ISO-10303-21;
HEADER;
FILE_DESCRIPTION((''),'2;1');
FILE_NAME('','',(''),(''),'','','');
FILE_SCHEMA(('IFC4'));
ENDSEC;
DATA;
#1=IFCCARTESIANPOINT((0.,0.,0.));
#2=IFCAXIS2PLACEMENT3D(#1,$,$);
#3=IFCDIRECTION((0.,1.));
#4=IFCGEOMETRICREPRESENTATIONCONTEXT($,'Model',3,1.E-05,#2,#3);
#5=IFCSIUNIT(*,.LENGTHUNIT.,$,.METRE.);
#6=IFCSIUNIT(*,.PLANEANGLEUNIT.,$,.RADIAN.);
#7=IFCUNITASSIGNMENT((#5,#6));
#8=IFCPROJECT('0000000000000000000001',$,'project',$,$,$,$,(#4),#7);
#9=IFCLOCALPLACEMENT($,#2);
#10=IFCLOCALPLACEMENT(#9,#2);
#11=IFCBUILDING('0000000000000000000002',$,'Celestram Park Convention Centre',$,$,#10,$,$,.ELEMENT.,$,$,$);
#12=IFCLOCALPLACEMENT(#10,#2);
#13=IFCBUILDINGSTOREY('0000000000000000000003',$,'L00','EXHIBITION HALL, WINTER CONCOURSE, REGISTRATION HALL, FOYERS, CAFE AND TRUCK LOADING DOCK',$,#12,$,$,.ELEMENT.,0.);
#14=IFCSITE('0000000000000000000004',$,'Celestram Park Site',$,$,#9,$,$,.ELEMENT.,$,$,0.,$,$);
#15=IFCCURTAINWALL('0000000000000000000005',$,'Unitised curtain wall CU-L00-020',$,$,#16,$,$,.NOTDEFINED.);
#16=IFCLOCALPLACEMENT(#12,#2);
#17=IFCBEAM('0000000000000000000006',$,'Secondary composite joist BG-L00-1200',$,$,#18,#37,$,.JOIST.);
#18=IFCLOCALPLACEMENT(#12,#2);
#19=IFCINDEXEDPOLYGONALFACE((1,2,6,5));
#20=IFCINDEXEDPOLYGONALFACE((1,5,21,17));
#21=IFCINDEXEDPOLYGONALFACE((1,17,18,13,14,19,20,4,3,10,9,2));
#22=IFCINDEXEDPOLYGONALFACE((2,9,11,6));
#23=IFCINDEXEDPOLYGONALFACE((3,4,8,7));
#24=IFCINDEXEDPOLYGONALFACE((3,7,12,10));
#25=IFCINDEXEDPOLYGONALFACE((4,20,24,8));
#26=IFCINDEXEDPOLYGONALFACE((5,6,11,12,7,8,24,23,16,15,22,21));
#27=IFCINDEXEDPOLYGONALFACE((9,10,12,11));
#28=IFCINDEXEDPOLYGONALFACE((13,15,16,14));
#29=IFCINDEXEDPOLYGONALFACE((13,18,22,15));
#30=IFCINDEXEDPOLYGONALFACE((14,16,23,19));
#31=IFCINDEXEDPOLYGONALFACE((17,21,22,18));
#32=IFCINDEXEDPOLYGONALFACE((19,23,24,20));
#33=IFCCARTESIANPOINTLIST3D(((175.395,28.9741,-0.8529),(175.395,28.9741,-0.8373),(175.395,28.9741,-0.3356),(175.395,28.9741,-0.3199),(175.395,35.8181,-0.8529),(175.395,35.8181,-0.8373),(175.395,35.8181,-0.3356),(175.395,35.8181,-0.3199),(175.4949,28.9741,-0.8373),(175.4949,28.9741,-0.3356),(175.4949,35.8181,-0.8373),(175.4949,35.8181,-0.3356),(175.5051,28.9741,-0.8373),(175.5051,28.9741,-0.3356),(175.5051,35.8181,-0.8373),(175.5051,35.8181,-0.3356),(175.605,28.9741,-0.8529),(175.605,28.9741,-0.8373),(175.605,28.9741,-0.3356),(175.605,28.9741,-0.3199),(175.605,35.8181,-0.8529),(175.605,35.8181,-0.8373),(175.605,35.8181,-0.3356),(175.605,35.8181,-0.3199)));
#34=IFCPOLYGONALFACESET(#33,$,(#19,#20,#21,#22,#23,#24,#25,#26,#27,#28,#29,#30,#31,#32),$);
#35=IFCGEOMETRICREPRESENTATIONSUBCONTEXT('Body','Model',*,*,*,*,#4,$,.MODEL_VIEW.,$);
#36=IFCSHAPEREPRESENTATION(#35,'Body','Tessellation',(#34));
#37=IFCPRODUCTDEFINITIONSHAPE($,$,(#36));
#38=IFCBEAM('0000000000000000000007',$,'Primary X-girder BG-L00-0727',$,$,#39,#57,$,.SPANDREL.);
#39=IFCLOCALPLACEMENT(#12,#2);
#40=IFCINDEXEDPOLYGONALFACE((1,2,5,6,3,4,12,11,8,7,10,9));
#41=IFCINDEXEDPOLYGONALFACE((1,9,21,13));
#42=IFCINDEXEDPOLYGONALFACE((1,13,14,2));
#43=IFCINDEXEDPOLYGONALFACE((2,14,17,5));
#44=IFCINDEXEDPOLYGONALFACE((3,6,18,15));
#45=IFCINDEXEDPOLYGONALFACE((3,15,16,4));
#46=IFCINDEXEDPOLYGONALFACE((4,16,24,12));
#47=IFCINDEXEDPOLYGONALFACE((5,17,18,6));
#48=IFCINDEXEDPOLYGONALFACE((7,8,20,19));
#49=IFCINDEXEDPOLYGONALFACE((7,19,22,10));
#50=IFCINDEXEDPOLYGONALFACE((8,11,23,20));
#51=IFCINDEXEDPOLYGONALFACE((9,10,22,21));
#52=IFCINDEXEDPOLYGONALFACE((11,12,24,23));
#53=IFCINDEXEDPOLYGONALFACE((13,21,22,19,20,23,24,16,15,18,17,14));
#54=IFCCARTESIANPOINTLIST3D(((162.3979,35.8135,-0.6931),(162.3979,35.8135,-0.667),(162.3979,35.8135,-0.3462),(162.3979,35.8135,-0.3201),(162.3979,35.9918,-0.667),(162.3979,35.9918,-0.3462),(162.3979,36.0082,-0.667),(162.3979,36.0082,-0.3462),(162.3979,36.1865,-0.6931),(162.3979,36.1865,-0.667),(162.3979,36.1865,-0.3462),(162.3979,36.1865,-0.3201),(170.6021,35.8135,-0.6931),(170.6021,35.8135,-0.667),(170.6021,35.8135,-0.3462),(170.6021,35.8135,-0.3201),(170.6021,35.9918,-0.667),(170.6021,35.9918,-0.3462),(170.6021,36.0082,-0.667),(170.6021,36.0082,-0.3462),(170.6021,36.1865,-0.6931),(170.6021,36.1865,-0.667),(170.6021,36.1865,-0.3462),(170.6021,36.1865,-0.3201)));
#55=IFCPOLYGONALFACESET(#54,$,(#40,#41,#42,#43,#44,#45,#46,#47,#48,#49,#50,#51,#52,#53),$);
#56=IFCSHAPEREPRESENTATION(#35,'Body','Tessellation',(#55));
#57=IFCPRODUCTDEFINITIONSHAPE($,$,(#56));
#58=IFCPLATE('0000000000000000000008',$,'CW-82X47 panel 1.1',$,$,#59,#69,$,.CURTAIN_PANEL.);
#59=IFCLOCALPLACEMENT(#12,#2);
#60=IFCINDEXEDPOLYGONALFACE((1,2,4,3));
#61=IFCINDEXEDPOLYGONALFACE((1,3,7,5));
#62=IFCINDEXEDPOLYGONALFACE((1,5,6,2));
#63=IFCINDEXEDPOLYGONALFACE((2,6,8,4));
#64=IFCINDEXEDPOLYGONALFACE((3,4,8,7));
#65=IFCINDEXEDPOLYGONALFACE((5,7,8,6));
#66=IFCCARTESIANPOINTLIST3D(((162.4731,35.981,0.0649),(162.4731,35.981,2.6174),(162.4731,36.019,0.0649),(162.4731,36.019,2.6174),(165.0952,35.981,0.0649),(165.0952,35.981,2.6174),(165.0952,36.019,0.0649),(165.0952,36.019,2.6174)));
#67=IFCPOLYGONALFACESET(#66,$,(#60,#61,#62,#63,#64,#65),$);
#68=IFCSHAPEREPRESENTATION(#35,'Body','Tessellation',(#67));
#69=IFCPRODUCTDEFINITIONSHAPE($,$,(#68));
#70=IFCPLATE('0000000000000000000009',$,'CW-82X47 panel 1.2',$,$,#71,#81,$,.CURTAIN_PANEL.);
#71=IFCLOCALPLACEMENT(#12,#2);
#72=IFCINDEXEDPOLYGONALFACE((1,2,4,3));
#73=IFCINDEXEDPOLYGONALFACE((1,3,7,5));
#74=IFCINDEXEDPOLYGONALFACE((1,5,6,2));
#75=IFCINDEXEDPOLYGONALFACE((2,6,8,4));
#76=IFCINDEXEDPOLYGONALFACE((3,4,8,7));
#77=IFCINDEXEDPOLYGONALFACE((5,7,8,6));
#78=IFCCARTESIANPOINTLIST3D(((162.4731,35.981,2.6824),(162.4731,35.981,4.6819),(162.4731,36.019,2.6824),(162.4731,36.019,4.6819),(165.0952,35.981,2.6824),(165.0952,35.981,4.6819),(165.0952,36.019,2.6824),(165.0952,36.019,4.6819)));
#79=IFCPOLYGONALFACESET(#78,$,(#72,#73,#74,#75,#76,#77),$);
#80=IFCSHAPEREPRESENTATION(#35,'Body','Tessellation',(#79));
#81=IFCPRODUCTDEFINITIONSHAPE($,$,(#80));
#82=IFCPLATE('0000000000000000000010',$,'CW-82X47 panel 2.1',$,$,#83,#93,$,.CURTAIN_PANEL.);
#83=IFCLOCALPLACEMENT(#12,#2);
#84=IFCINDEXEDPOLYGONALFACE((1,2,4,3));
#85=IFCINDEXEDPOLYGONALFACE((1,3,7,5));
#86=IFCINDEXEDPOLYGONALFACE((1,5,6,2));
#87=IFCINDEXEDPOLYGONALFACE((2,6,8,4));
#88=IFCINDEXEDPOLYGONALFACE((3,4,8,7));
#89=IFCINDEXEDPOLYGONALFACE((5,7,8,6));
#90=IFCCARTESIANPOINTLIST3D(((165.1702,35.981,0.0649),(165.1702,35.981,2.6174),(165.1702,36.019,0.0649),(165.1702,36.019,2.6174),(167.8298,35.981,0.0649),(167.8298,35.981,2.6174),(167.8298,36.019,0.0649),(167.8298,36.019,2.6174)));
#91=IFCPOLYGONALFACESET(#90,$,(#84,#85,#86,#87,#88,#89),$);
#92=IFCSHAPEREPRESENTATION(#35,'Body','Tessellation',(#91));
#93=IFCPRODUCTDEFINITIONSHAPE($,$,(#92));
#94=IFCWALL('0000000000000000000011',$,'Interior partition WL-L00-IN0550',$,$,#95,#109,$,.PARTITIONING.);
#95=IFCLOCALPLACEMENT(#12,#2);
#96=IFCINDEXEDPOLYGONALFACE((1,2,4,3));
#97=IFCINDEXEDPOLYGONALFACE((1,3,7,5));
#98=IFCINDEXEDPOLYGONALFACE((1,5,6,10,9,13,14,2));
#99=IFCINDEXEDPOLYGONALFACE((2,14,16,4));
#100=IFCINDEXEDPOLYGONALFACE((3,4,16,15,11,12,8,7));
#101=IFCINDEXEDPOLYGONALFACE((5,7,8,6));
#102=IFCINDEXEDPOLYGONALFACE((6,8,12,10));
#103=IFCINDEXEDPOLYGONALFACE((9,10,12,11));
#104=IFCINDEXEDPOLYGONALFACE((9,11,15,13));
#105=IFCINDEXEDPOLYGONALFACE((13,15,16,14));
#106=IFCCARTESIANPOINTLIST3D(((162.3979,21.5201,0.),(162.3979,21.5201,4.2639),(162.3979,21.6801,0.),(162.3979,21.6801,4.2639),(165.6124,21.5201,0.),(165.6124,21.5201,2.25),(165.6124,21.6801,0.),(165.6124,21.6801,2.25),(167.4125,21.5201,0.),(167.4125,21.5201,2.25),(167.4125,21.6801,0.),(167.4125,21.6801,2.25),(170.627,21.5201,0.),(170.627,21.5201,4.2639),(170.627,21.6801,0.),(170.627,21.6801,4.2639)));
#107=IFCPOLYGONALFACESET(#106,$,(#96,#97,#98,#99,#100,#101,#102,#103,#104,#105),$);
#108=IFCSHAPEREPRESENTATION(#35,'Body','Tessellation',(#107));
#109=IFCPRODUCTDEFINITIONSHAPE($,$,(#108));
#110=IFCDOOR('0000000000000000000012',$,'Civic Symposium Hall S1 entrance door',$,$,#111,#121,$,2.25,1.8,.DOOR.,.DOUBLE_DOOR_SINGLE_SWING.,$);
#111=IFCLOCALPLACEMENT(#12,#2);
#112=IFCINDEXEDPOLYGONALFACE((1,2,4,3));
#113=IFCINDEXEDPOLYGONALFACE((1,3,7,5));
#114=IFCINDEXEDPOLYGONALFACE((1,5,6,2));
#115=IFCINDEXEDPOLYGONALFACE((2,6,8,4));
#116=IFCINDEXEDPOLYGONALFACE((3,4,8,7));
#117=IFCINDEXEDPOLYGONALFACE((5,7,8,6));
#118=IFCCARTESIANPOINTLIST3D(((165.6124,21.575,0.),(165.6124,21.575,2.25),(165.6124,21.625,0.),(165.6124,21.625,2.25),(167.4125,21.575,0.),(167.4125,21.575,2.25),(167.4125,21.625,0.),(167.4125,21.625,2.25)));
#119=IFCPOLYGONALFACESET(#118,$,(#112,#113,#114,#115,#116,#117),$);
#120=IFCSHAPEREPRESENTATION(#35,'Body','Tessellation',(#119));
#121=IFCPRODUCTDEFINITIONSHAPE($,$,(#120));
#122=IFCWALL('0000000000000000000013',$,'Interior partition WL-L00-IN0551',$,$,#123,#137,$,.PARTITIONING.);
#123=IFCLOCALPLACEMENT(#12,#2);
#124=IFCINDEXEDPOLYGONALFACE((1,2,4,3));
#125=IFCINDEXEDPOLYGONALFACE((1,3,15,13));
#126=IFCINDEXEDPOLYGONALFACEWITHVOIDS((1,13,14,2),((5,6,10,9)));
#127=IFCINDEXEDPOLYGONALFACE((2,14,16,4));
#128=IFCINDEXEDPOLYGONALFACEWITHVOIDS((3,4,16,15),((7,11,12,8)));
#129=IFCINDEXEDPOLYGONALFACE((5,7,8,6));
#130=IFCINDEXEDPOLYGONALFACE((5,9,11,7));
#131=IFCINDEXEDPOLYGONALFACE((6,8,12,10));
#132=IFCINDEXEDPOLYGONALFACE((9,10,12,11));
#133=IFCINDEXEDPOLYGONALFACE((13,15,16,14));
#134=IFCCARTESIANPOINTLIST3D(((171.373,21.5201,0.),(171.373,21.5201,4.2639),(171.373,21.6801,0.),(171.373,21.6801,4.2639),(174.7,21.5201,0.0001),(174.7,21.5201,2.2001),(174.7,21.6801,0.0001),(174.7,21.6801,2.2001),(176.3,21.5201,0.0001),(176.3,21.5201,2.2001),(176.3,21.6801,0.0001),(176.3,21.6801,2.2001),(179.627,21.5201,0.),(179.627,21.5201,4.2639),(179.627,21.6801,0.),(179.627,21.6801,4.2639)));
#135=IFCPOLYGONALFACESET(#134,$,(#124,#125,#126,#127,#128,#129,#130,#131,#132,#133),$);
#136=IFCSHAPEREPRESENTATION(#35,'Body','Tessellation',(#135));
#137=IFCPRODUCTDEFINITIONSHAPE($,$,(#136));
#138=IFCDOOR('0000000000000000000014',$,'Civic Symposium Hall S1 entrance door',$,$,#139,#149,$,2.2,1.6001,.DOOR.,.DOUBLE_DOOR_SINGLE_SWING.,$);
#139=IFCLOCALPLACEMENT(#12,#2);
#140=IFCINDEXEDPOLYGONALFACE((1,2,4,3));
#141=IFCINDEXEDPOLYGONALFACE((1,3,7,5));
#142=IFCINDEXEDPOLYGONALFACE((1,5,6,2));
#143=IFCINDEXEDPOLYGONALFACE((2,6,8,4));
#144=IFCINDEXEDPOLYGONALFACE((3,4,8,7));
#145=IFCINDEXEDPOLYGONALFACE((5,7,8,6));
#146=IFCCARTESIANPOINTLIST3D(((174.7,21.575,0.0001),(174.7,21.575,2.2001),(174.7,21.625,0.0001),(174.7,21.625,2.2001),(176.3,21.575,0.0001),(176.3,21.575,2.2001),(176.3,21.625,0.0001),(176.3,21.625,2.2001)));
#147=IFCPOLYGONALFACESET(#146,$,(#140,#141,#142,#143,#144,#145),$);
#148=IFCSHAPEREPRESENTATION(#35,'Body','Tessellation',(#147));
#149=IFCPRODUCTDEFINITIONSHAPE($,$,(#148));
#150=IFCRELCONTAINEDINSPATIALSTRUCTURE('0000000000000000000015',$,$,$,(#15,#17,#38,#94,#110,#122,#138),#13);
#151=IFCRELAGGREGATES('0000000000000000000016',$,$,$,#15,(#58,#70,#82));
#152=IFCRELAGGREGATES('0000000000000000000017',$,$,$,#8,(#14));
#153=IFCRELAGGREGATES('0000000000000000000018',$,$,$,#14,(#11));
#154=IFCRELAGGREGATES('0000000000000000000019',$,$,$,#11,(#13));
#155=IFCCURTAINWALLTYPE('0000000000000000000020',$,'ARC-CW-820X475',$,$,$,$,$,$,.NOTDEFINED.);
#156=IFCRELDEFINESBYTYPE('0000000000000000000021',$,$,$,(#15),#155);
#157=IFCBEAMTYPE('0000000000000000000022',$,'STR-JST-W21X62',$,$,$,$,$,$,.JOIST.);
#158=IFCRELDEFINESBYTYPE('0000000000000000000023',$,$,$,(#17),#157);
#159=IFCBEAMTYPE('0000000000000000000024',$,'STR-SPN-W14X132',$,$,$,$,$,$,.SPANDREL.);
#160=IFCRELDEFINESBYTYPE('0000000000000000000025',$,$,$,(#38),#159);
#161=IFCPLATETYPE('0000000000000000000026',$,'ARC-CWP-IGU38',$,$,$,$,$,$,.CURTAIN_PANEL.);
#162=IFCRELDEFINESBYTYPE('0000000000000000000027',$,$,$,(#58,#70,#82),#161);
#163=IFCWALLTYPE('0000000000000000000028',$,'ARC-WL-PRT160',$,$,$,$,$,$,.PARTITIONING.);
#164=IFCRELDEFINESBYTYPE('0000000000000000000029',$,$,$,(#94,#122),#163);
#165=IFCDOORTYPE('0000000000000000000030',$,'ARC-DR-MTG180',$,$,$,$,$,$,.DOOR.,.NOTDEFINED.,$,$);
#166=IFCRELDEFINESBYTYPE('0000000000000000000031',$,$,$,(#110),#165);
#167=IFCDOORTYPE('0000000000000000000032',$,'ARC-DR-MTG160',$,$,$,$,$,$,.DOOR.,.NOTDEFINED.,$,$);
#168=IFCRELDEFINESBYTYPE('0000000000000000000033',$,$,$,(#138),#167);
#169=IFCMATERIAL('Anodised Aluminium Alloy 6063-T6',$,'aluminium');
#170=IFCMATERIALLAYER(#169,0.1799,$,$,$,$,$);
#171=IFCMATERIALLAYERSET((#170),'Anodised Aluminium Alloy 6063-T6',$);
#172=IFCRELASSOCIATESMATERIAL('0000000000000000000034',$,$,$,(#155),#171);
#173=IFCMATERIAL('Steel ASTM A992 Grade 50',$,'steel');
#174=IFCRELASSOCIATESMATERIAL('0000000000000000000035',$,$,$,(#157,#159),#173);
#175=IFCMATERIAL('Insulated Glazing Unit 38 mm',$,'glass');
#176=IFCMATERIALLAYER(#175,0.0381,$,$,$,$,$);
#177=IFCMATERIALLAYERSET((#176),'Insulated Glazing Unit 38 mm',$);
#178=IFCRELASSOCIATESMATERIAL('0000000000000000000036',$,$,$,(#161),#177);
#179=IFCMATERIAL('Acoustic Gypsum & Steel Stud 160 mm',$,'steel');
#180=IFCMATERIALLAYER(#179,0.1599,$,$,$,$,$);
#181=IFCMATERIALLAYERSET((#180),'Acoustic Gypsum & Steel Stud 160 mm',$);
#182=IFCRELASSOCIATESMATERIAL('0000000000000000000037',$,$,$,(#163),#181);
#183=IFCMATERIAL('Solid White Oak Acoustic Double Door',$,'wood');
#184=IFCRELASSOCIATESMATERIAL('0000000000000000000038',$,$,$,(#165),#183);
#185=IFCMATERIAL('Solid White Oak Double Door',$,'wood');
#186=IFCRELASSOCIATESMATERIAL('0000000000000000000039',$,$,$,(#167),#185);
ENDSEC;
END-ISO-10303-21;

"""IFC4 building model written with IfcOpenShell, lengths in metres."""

from ifc_helpers import new_model, si_unit, direction, frame, frame_2d, origin, origin_2d, place, context, subcontext, project, spatial, rectangle, i_section, extrude, material, layer, layer_set, material_profile, profile_set, type_object, element, fill, aggregate, save


model = new_model("IFC4")

# Units and contexts
model_context = context("Model", 3, precision=1e-05, world=origin(), true_north=direction((0.0, 1.0)))
body_context = subcontext(model_context, "Body", "Model", "MODEL_VIEW")
ifc_project = project(units=[si_unit("LENGTHUNIT", "METRE"), si_unit("PLANEANGLEUNIT", "RADIAN")], contexts=[model_context])

# Site, building, storey
site_placement = place(None, origin())
site = spatial("IfcSite", under=ifc_project, at=site_placement, Name="Celestram Park Site", CompositionType="ELEMENT", RefElevation=0.0)
building_placement = place(site_placement, origin())
building = spatial("IfcBuilding", under=site, at=building_placement, Name="Celestram Park Convention Centre", CompositionType="ELEMENT")
storey_placement = place(building_placement, origin())
storey = spatial("IfcBuildingStorey", under=building, at=storey_placement, Name="L00", Description="EXHIBITION HALL, WINTER CONCOURSE, REGISTRATION HALL, FOYERS, CAFE AND TRUCK LOADING DOCK", CompositionType="ELEMENT", Elevation=0.0)

# Curtain wall
ifc_material_1 = material(Name="Anodised Aluminium Alloy 6063-T6", Category="aluminium")
ifc_layer_1 = layer(ifc_material_1, 0.1799)
ifc_layer_set_1 = layer_set([ifc_layer_1], Name="Anodised Aluminium Alloy 6063-T6")
curtain_wall_type = type_object("IfcCurtainWallType", Name="ARC-CW-820X475", PredefinedType="NOTDEFINED", material=ifc_layer_set_1)
curtain_wall_placement = place(storey_placement, origin())
curtain_wall = element("IfcCurtainWall", 1, at=curtain_wall_placement, inside=storey, type_object=curtain_wall_type, Name="Unitised curtain wall CU-L00-020", PredefinedType="NOTDEFINED")

# Beams
ifc_material_2 = material(Name="Steel ASTM A992 Grade 50", Category="steel")
ifc_material_profile_1 = material_profile(ifc_material_2, i_section(OverallWidth=0.21, OverallDepth=0.533, WebThickness=0.0103, FlangeThickness=0.0156, at=origin_2d()), Name="W21X62")
ifc_profile_set_1 = profile_set([ifc_material_profile_1], Name="Steel ASTM A992 Grade 50")
beam_type_1 = type_object("IfcBeamType", Name="STR-JST-W21X62", PredefinedType="JOIST", material=ifc_profile_set_1)
beam_1_placement = place(storey_placement, frame((175.5, 28.9741, -0.5864), z_axis=(0.0, 1.0, 0.0), x_axis=(-1.0, 0.0, 0.0)))
element("IfcBeam", 2, at=beam_1_placement, inside=storey, type_object=beam_type_1, Name="Secondary composite joist BG-L00-1200", PredefinedType="JOIST", context=body_context, shape_type="SweptSolid", body=[
    extrude(i_section(OverallWidth=0.21, OverallDepth=0.533, WebThickness=0.0103, FlangeThickness=0.0156, at=origin_2d()), origin(), (0.0, 0.0, 1.0), 6.844),
])
ifc_material_profile_2 = material_profile(ifc_material_2, i_section(OverallWidth=0.373, OverallDepth=0.373, WebThickness=0.0164, FlangeThickness=0.0261, at=origin_2d()), Name="W14X132")
ifc_profile_set_2 = profile_set([ifc_material_profile_2], Name="Steel ASTM A992 Grade 50")
beam_type_2 = type_object("IfcBeamType", Name="STR-SPN-W14X132", PredefinedType="SPANDREL", material=ifc_profile_set_2)
beam_2_placement = place(storey_placement, frame((162.3979, 36.0, -0.5066), z_axis=(1.0, 0.0, 0.0), x_axis=(0.0, 1.0, 0.0)))
element("IfcBeam", 3, at=beam_2_placement, inside=storey, type_object=beam_type_2, Name="Primary X-girder BG-L00-0727", PredefinedType="SPANDREL", context=body_context, shape_type="SweptSolid", body=[
    extrude(i_section(OverallWidth=0.373, OverallDepth=0.373, WebThickness=0.0164, FlangeThickness=0.0261, at=origin_2d()), origin(), (0.0, 0.0, 1.0), 8.2041),
])

# Plates
ifc_material_3 = material(Name="Insulated Glazing Unit 38 mm", Category="glass")
ifc_layer_2 = layer(ifc_material_3, 0.0381)
ifc_layer_set_2 = layer_set([ifc_layer_2], Name="Insulated Glazing Unit 38 mm")
plate_type = type_object("IfcPlateType", Name="ARC-CWP-IGU38", PredefinedType="CURTAIN_PANEL", material=ifc_layer_set_2)
plate_1_placement = place(storey_placement, frame((163.7842, 36.0, 0.0649), z_axis=(0.0, 0.0, 1.0), x_axis=(1.0, 0.0, 0.0)))
plate_1 = element("IfcPlate", 4, at=plate_1_placement, type_object=plate_type, Name="CW-82X47 panel 1.1", PredefinedType="CURTAIN_PANEL", context=body_context, shape_type="SweptSolid", body=[
    extrude(rectangle(XDim=2.6221, YDim=0.0381, at=origin_2d()), origin(), (0.0, 0.0, 1.0), 2.5525),
])
plate_2_placement = place(storey_placement, frame((163.7842, 36.0, 2.6824), z_axis=(0.0, 0.0, 1.0), x_axis=(1.0, 0.0, 0.0)))
plate_2 = element("IfcPlate", 5, at=plate_2_placement, type_object=plate_type, Name="CW-82X47 panel 1.2", PredefinedType="CURTAIN_PANEL", context=body_context, shape_type="SweptSolid", body=[
    extrude(rectangle(XDim=2.6221, YDim=0.0381, at=origin_2d()), origin(), (0.0, 0.0, 1.0), 1.9995),
])
plate_3_placement = place(storey_placement, frame((166.5, 36.0, 0.0649), z_axis=(0.0, 0.0, 1.0), x_axis=(1.0, 0.0, 0.0)))
plate_3 = element("IfcPlate", 6, at=plate_3_placement, type_object=plate_type, Name="CW-82X47 panel 2.1", PredefinedType="CURTAIN_PANEL", context=body_context, shape_type="SweptSolid", body=[
    extrude(rectangle(XDim=2.6597, YDim=0.0381, at=origin_2d()), origin(), (0.0, 0.0, 1.0), 2.5525),
])
aggregate(curtain_wall, [plate_1, plate_2, plate_3])

# Walls, openings, doors
ifc_material_4 = material(Name="Acoustic Gypsum & Steel Stud 160 mm", Category="steel")
ifc_layer_3 = layer(ifc_material_4, 0.1599)
ifc_layer_set_3 = layer_set([ifc_layer_3], Name="Acoustic Gypsum & Steel Stud 160 mm")
wall_type = type_object("IfcWallType", Name="ARC-WL-PRT160", PredefinedType="PARTITIONING", material=ifc_layer_set_3)
wall_1_placement = place(storey_placement, frame((162.3979, 21.6001, 0.0), z_axis=(0.0, 0.0, 1.0), x_axis=(1.0, 0.0, 0.0)))
wall_1 = element("IfcWall", 7, at=wall_1_placement, inside=storey, type_object=wall_type, Name="Interior partition WL-L00-IN0550", PredefinedType="PARTITIONING", context=body_context, shape_type="SweptSolid", body=[
    extrude(rectangle(XDim=8.229, YDim=0.1599, at=frame_2d((4.1145, 0.0))), origin(), (0.0, 0.0, 1.0), 4.2639),
])
opening_1_placement = place(wall_1_placement, frame((3.2146, 0.0, 0.0)))
opening_1 = element("IfcOpeningElement", 8, at=opening_1_placement, cuts=wall_1, PredefinedType="OPENING", context=body_context, shape_type="SweptSolid", body=[
    extrude(rectangle(XDim=1.8, YDim=2.25, at=frame_2d((0.8999, 1.125))), frame((0.0, 0.0898, 0.0), z_axis=(0.0, -1.0, 0.0), x_axis=(1.0, 0.0, 0.0)), (0.0, 0.0, 1.0), 0.1799),
])
ifc_material_5 = material(Name="Solid White Oak Acoustic Double Door", Category="wood")
door_type_1 = type_object("IfcDoorType", Name="ARC-DR-MTG180", OperationType="NOTDEFINED", PredefinedType="DOOR", material=ifc_material_5)
door_1_placement = place(opening_1_placement, origin())
door_1 = element("IfcDoor", 9, at=door_1_placement, inside=storey, type_object=door_type_1, Name="Civic Symposium Hall S1 entrance door", OperationType="DOUBLE_DOOR_SINGLE_SWING", OverallHeight=2.25, OverallWidth=1.8, PredefinedType="DOOR", context=body_context, shape_type="SweptSolid", body=[
    extrude(rectangle(XDim=1.8, YDim=2.25, at=frame_2d((0.8999, 1.125))), frame((0.0, 0.0249, 0.0), z_axis=(0.0, -1.0, 0.0), x_axis=(1.0, 0.0, 0.0)), (0.0, 0.0, 1.0), 0.05),
])
fill(opening_1, door_1)
wall_2_placement = place(storey_placement, frame((171.373, 21.6001, 0.0), z_axis=(0.0, 0.0, 1.0), x_axis=(1.0, 0.0, 0.0)))
wall_2 = element("IfcWall", 10, at=wall_2_placement, inside=storey, type_object=wall_type, Name="Interior partition WL-L00-IN0551", PredefinedType="PARTITIONING", context=body_context, shape_type="SweptSolid", body=[
    extrude(rectangle(XDim=8.2539, YDim=0.1599, at=frame_2d((4.127, 0.0))), origin(), (0.0, 0.0, 1.0), 4.2639),
])
opening_2_placement = place(wall_2_placement, frame((3.3269, 0.0, 0.0)))
opening_2 = element("IfcOpeningElement", 11, at=opening_2_placement, cuts=wall_2, PredefinedType="OPENING", context=body_context, shape_type="SweptSolid", body=[
    extrude(rectangle(XDim=1.6001, YDim=2.2, at=frame_2d((0.8, 1.1001))), frame((0.0, 0.0898, 0.0), z_axis=(0.0, -1.0, 0.0), x_axis=(1.0, 0.0, 0.0)), (0.0, 0.0, 1.0), 0.1799),
])
ifc_material_6 = material(Name="Solid White Oak Double Door", Category="wood")
door_type_2 = type_object("IfcDoorType", Name="ARC-DR-MTG160", OperationType="NOTDEFINED", PredefinedType="DOOR", material=ifc_material_6)
door_2_placement = place(opening_2_placement, origin())
door_2 = element("IfcDoor", 12, at=door_2_placement, inside=storey, type_object=door_type_2, Name="Civic Symposium Hall S1 entrance door", OperationType="DOUBLE_DOOR_SINGLE_SWING", OverallHeight=2.2, OverallWidth=1.6001, PredefinedType="DOOR", context=body_context, shape_type="SweptSolid", body=[
    extrude(rectangle(XDim=1.6001, YDim=2.2, at=frame_2d((0.8, 1.1001))), frame((0.0, 0.0249, 0.0), z_axis=(0.0, -1.0, 0.0), x_axis=(1.0, 0.0, 0.0)), (0.0, 0.0, 1.0), 0.05),
])
fill(opening_2, door_2)

save(model, "model.ifc")
